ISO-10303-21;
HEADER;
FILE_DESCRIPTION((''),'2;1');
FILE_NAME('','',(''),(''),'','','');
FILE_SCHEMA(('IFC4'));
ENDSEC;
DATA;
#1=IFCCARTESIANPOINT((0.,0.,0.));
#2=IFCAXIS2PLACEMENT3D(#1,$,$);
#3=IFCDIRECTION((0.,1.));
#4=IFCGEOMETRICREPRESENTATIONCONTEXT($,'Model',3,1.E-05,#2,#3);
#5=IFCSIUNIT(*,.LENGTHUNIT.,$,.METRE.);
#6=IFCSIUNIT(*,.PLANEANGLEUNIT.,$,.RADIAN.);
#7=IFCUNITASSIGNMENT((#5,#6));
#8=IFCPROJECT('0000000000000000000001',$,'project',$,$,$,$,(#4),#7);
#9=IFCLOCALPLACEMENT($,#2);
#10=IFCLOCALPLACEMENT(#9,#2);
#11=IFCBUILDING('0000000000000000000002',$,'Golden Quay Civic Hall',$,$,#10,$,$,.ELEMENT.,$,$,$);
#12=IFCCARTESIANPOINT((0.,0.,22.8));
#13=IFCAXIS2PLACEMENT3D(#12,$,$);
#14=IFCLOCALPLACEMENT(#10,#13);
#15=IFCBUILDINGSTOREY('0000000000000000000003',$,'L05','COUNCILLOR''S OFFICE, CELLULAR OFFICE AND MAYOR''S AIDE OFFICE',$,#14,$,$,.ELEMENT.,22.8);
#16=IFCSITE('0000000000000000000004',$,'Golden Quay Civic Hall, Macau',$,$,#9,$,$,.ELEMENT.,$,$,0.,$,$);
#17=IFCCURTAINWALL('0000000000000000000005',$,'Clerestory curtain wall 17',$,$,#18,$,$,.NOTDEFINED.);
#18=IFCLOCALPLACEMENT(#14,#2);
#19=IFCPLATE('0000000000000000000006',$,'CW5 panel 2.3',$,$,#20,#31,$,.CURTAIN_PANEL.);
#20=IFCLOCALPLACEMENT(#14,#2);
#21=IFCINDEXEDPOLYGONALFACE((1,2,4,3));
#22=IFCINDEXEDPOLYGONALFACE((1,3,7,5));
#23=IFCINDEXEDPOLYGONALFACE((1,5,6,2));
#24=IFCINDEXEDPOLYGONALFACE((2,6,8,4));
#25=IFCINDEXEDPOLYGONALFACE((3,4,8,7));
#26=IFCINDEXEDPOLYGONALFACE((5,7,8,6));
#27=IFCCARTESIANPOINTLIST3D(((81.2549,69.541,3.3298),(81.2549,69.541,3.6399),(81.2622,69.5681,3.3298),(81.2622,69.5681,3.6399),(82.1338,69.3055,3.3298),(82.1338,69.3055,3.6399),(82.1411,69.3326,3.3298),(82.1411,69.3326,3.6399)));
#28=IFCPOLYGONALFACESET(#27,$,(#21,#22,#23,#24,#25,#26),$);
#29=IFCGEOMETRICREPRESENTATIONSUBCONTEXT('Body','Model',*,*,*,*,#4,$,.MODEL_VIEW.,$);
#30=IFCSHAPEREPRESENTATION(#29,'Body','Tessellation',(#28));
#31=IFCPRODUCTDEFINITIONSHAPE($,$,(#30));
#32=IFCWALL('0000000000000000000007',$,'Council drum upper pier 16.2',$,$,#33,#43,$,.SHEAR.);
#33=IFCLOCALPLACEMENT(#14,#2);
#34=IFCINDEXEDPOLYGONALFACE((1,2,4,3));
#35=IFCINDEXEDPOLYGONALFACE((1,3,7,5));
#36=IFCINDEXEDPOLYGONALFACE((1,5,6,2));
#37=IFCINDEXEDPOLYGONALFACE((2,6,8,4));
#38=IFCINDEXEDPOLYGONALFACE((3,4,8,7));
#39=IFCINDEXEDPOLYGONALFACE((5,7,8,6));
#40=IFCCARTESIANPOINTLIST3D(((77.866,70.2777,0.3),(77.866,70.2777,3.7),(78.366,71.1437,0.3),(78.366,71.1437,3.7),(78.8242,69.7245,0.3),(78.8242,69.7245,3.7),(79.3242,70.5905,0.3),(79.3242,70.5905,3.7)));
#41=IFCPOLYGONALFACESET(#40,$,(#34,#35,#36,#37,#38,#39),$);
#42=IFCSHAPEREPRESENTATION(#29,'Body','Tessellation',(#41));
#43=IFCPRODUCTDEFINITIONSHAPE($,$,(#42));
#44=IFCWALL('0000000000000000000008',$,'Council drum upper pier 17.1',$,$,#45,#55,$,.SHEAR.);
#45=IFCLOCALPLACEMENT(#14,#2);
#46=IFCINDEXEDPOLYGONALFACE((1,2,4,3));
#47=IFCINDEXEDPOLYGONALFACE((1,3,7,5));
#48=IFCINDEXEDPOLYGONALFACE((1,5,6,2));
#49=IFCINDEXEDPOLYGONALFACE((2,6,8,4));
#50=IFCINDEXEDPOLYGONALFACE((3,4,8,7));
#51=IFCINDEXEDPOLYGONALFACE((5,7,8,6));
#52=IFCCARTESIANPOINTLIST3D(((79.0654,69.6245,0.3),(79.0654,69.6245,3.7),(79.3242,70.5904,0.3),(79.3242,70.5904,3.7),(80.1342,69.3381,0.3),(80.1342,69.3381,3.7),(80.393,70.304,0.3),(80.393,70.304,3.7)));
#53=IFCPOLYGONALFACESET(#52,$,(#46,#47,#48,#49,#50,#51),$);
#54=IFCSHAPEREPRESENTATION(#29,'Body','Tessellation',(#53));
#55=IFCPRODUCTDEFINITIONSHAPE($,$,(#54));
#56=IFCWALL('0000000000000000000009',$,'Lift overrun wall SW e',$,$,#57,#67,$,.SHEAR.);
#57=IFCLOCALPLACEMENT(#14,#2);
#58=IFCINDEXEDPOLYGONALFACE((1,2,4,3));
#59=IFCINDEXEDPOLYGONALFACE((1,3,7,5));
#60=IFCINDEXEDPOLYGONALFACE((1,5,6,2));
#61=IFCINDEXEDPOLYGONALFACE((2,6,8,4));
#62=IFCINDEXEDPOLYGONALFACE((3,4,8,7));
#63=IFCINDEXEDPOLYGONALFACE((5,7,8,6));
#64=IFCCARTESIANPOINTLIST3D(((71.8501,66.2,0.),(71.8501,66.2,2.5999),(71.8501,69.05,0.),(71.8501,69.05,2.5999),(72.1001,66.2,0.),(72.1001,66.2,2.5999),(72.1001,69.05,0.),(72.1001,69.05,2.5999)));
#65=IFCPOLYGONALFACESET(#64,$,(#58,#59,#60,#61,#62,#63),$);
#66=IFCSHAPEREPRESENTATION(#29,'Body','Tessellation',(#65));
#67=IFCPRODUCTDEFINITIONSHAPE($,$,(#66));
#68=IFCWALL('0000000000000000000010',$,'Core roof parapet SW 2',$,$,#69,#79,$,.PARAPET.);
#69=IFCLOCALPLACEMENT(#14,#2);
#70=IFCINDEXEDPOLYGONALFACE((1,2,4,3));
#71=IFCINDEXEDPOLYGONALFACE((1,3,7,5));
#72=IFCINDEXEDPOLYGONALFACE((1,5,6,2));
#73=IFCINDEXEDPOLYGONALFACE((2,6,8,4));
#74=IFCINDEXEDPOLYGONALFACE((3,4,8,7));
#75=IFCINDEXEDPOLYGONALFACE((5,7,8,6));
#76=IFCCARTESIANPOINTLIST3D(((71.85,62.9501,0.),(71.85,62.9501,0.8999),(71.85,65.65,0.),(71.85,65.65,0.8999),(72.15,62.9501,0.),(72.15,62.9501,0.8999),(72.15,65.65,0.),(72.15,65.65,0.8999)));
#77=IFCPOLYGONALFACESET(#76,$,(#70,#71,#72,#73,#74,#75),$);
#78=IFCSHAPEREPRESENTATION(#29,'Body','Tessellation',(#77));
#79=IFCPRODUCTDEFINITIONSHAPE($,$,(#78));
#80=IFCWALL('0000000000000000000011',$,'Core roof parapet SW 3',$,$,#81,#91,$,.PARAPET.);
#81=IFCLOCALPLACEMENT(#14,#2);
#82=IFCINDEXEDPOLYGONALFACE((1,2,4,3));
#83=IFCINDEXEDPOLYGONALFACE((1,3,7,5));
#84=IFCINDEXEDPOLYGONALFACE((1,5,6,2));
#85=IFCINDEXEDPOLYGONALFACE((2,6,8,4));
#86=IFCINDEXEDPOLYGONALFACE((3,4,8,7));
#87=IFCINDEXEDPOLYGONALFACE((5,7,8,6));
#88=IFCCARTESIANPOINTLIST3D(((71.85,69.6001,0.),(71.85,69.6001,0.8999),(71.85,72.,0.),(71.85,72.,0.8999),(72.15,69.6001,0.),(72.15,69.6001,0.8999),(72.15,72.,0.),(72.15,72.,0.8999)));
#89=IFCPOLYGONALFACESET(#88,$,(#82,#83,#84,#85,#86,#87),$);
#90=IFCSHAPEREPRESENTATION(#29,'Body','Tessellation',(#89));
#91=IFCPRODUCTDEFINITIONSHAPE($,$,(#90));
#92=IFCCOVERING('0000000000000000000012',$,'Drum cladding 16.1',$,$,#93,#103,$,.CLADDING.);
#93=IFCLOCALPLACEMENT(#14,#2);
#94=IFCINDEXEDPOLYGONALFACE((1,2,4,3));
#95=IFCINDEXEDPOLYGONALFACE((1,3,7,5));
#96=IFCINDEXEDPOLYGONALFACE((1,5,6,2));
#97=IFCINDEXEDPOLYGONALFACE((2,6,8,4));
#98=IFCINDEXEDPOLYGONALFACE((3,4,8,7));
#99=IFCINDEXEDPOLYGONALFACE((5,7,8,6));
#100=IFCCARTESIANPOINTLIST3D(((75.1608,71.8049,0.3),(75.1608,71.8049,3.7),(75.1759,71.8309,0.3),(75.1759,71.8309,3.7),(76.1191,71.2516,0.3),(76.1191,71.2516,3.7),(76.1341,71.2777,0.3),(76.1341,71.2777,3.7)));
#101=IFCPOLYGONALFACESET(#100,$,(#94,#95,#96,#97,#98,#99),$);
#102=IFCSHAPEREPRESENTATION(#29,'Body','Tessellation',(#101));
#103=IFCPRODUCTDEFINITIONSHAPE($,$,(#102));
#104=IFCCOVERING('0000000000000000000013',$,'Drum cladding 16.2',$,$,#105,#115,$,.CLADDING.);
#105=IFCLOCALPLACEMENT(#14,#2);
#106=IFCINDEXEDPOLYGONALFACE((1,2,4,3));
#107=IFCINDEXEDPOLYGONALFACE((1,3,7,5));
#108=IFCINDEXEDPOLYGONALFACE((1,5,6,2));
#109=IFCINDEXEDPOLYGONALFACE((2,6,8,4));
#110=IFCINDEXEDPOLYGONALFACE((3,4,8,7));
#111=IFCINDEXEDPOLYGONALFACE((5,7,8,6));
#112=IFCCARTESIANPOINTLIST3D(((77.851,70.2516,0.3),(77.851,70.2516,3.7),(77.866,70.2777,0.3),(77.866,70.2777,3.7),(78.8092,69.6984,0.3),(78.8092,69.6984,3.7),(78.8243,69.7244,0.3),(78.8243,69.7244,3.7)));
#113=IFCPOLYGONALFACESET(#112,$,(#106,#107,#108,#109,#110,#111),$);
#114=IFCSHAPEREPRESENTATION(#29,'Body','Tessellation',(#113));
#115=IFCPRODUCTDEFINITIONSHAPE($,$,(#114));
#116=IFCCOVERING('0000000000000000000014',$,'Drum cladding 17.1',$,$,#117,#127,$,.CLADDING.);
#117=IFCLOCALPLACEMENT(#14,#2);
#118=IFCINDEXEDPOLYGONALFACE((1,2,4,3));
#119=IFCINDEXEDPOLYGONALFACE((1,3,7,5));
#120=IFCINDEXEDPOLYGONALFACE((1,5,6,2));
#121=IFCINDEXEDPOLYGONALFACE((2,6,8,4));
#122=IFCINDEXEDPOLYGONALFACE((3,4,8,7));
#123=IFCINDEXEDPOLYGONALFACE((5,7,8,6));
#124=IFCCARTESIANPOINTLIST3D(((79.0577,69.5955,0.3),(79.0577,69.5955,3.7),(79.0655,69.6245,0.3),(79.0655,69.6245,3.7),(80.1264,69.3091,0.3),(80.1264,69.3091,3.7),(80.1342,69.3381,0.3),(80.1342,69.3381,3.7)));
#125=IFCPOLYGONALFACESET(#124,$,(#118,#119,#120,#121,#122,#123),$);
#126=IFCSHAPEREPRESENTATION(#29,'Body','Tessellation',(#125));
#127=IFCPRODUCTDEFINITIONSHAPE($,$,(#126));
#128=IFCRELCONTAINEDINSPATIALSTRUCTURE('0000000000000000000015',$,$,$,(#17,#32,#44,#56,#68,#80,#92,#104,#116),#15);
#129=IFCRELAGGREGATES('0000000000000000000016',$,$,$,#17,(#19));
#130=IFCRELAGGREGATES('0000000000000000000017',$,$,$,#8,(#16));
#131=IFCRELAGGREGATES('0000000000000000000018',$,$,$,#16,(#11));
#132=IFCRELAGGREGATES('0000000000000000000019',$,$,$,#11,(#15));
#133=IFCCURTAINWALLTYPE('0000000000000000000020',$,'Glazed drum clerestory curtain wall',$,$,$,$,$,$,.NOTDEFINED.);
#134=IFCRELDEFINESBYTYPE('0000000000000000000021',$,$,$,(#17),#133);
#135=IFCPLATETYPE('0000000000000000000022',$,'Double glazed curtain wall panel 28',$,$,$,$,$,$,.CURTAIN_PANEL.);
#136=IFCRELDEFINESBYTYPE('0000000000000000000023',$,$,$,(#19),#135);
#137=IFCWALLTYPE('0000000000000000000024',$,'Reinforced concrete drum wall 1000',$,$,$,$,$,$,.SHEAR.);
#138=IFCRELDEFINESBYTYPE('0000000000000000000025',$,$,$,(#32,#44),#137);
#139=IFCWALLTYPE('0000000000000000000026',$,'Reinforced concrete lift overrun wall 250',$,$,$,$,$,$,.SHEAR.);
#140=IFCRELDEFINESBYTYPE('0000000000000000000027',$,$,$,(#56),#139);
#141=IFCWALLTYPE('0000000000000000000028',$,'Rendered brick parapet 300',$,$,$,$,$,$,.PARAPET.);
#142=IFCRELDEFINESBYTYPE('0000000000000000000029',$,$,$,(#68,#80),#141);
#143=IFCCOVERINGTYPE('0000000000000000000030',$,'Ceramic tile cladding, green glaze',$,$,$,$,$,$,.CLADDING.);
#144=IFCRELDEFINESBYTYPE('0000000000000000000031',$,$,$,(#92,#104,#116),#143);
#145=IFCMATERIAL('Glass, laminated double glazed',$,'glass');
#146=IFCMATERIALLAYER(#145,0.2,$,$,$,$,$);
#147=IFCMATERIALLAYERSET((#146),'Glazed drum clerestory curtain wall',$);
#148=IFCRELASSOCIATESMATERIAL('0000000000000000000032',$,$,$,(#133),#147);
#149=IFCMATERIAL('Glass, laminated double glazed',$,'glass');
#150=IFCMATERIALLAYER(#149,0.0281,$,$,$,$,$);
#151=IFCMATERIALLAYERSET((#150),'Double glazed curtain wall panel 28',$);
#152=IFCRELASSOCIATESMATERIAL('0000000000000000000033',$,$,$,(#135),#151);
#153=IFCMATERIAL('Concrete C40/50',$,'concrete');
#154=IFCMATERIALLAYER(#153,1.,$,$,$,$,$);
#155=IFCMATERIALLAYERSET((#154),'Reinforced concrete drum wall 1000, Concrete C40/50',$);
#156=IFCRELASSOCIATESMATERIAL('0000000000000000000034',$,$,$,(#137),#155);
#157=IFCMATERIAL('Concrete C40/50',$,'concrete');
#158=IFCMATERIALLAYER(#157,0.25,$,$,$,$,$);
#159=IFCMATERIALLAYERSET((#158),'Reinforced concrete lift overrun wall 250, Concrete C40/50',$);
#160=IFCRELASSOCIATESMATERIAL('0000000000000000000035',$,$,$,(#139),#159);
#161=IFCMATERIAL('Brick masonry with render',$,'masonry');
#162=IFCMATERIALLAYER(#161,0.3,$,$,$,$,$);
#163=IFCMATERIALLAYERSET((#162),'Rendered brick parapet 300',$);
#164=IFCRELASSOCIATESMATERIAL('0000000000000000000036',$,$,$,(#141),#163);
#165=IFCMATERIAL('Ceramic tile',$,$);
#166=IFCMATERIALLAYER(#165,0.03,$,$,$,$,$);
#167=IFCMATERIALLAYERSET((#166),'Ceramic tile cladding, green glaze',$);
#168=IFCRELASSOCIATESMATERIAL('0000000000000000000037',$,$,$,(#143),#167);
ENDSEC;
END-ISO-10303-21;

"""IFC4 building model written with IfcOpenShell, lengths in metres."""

from ifc_helpers import new_model, si_unit, direction, frame, frame_2d, origin, origin_2d, place, context, subcontext, project, spatial, rectangle, extrude, material, layer, layer_set, type_object, element, aggregate, save


model = new_model("IFC4")

# Units and contexts
model_context = context("Model", 3, precision=1e-05, world=origin(), true_north=direction((0.0, 1.0)))
body_context = subcontext(model_context, "Body", "Model", "MODEL_VIEW")
ifc_project = project(units=[si_unit("LENGTHUNIT", "METRE"), si_unit("PLANEANGLEUNIT", "RADIAN")], contexts=[model_context])

# Site, building, storey
site_placement = place(None, origin())
site = spatial("IfcSite", under=ifc_project, at=site_placement, Name="Golden Quay Civic Hall, Macau", CompositionType="ELEMENT", RefElevation=0.0)
building_placement = place(site_placement, origin())
building = spatial("IfcBuilding", under=site, at=building_placement, Name="Golden Quay Civic Hall", CompositionType="ELEMENT")
storey_placement = place(building_placement, frame((0.0, 0.0, 22.8)))
storey = spatial("IfcBuildingStorey", under=building, at=storey_placement, Name="L05", Description="COUNCILLOR'S OFFICE, CELLULAR OFFICE AND MAYOR'S AIDE OFFICE", CompositionType="ELEMENT", Elevation=22.8)

# Curtain wall
ifc_material_1 = material(Name="Glass, laminated double glazed", Category="glass")
ifc_layer_1 = layer(ifc_material_1, 0.2)
ifc_layer_set_1 = layer_set([ifc_layer_1], Name="Glazed drum clerestory curtain wall")
curtain_wall_type = type_object("IfcCurtainWallType", Name="Glazed drum clerestory curtain wall", PredefinedType="NOTDEFINED", material=ifc_layer_set_1)
curtain_wall_1_placement = place(storey_placement, origin())
curtain_wall_1 = element("IfcCurtainWall", 1, at=curtain_wall_1_placement, inside=storey, type_object=curtain_wall_type, Name="Clerestory curtain wall 17", PredefinedType="NOTDEFINED")

# Plate
ifc_material_2 = material(Name="Glass, laminated double glazed", Category="glass")
ifc_layer_2 = layer(ifc_material_2, 0.0281)
ifc_layer_set_2 = layer_set([ifc_layer_2], Name="Double glazed curtain wall panel 28")
plate_type = type_object("IfcPlateType", Name="Double glazed curtain wall panel 28", PredefinedType="CURTAIN_PANEL", material=ifc_layer_set_2)
plate_1_placement = place(storey_placement, frame((81.698, 69.4368, 3.3298), z_axis=(0.0, 0.0, 1.0), x_axis=(0.965929, -0.258808, 0.0)))
plate_1 = element("IfcPlate", 2, at=plate_1_placement, type_object=plate_type, Name="CW5 panel 2.3", PredefinedType="CURTAIN_PANEL", context=body_context, shape_type="SweptSolid", body=[
    extrude(rectangle(XDim=0.9099, YDim=0.0281, at=origin_2d()), origin(), (0.0, 0.0, 1.0), 0.3101),
])
aggregate(curtain_wall_1, [plate_1])

# Walls
ifc_material_3 = material(Name="Concrete C40/50", Category="concrete")
ifc_layer_3 = layer(ifc_material_3, 1.0)
ifc_layer_set_3 = layer_set([ifc_layer_3], Name="Reinforced concrete drum wall 1000, Concrete C40/50")
wall_type_1 = type_object("IfcWallType", Name="Reinforced concrete drum wall 1000", PredefinedType="SHEAR", material=ifc_layer_set_3)
for number, where, z_axis, x_axis, name in (
    (3, (78.116, 70.7107, 0.3), (0.0, 0.0, 1.0), (0.866035, -0.499983, 0.0), "Council drum upper pier 16.2"),
    (4, (79.1948, 70.1074, 0.3), (0.0, 0.0, 1.0), (0.96593, -0.258802, 0.0), "Council drum upper pier 17.1"),
):
    element("IfcWall", number, at=place(storey_placement, frame(where, z_axis=z_axis, x_axis=x_axis)), inside=storey, type_object=wall_type_1, Name=name, PredefinedType="SHEAR", context=body_context, shape_type="SweptSolid", body=[
        extrude(rectangle(XDim=1.1064, YDim=1.0, at=frame_2d((0.5532, 0.0))), origin(), (0.0, 0.0, 1.0), 3.3999),
    ])
ifc_material_4 = material(Name="Concrete C40/50", Category="concrete")
ifc_layer_4 = layer(ifc_material_4, 0.25)
ifc_layer_set_4 = layer_set([ifc_layer_4], Name="Reinforced concrete lift overrun wall 250, Concrete C40/50")
wall_type_2 = type_object("IfcWallType", Name="Reinforced concrete lift overrun wall 250", PredefinedType="SHEAR", material=ifc_layer_set_4)
wall_1_placement = place(storey_placement, frame((71.9751, 66.2, 0.0), z_axis=(0.0, 0.0, 1.0), x_axis=(0.0, 1.0, 0.0)))
element("IfcWall", 5, at=wall_1_placement, inside=storey, type_object=wall_type_2, Name="Lift overrun wall SW e", PredefinedType="SHEAR", context=body_context, shape_type="SweptSolid", body=[
    extrude(rectangle(XDim=2.8501, YDim=0.25, at=frame_2d((1.425, 0.0))), origin(), (0.0, 0.0, 1.0), 2.5999),
])
ifc_material_5 = material(Name="Brick masonry with render", Category="masonry")
ifc_layer_5 = layer(ifc_material_5, 0.3)
ifc_layer_set_5 = layer_set([ifc_layer_5], Name="Rendered brick parapet 300")
wall_type_3 = type_object("IfcWallType", Name="Rendered brick parapet 300", PredefinedType="PARAPET", material=ifc_layer_set_5)
wall_2_placement = place(storey_placement, frame((72.0, 62.95, 0.0), z_axis=(0.0, 0.0, 1.0), x_axis=(0.0, 1.0, 0.0)))
element("IfcWall", 6, at=wall_2_placement, inside=storey, type_object=wall_type_3, Name="Core roof parapet SW 2", PredefinedType="PARAPET", context=body_context, shape_type="SweptSolid", body=[
    extrude(rectangle(XDim=2.7, YDim=0.3, at=frame_2d((1.3501, 0.0))), origin(), (0.0, 0.0, 1.0), 0.8999),
])
wall_3_placement = place(storey_placement, frame((72.0, 69.6001, 0.0), z_axis=(0.0, 0.0, 1.0), x_axis=(0.0, 1.0, 0.0)))
element("IfcWall", 7, at=wall_3_placement, inside=storey, type_object=wall_type_3, Name="Core roof parapet SW 3", PredefinedType="PARAPET", context=body_context, shape_type="SweptSolid", body=[
    extrude(rectangle(XDim=2.3999, YDim=0.3, at=frame_2d((1.2, 0.0))), origin(), (0.0, 0.0, 1.0), 0.8999),
])

# Coverings
ifc_material_6 = material(Name="Ceramic tile")
ifc_layer_6 = layer(ifc_material_6, 0.03)
ifc_layer_set_6 = layer_set([ifc_layer_6], Name="Ceramic tile cladding, green glaze")
covering_type = type_object("IfcCoveringType", Name="Ceramic tile cladding, green glaze", PredefinedType="CLADDING", material=ifc_layer_set_6)
for number, where, z_axis, x_axis, name in (
    (8, (75.6475, 71.5413, 0.3), (0.0, 0.0, 1.0), (0.866025, -0.5, 0.0), "Drum cladding 16.1"),
    (9, (78.3376, 69.988, 0.3), (0.0, 0.0, 1.0), (0.866025, -0.5, 0.0), "Drum cladding 16.2"),
    (10, (79.5959, 69.4668, 0.3), (0.0, 0.0, 1.0), (0.965926, -0.258819, 0.0), "Drum cladding 17.1"),
):
    element("IfcCovering", number, at=place(storey_placement, frame(where, z_axis=z_axis, x_axis=x_axis)), inside=storey, type_object=covering_type, Name=name, PredefinedType="CLADDING", context=body_context, shape_type="SweptSolid", body=[
        extrude(rectangle(XDim=1.1064, YDim=0.03, at=origin_2d()), origin(), (0.0, 0.0, 1.0), 3.3999),
    ])

save(model, "model.ifc")
